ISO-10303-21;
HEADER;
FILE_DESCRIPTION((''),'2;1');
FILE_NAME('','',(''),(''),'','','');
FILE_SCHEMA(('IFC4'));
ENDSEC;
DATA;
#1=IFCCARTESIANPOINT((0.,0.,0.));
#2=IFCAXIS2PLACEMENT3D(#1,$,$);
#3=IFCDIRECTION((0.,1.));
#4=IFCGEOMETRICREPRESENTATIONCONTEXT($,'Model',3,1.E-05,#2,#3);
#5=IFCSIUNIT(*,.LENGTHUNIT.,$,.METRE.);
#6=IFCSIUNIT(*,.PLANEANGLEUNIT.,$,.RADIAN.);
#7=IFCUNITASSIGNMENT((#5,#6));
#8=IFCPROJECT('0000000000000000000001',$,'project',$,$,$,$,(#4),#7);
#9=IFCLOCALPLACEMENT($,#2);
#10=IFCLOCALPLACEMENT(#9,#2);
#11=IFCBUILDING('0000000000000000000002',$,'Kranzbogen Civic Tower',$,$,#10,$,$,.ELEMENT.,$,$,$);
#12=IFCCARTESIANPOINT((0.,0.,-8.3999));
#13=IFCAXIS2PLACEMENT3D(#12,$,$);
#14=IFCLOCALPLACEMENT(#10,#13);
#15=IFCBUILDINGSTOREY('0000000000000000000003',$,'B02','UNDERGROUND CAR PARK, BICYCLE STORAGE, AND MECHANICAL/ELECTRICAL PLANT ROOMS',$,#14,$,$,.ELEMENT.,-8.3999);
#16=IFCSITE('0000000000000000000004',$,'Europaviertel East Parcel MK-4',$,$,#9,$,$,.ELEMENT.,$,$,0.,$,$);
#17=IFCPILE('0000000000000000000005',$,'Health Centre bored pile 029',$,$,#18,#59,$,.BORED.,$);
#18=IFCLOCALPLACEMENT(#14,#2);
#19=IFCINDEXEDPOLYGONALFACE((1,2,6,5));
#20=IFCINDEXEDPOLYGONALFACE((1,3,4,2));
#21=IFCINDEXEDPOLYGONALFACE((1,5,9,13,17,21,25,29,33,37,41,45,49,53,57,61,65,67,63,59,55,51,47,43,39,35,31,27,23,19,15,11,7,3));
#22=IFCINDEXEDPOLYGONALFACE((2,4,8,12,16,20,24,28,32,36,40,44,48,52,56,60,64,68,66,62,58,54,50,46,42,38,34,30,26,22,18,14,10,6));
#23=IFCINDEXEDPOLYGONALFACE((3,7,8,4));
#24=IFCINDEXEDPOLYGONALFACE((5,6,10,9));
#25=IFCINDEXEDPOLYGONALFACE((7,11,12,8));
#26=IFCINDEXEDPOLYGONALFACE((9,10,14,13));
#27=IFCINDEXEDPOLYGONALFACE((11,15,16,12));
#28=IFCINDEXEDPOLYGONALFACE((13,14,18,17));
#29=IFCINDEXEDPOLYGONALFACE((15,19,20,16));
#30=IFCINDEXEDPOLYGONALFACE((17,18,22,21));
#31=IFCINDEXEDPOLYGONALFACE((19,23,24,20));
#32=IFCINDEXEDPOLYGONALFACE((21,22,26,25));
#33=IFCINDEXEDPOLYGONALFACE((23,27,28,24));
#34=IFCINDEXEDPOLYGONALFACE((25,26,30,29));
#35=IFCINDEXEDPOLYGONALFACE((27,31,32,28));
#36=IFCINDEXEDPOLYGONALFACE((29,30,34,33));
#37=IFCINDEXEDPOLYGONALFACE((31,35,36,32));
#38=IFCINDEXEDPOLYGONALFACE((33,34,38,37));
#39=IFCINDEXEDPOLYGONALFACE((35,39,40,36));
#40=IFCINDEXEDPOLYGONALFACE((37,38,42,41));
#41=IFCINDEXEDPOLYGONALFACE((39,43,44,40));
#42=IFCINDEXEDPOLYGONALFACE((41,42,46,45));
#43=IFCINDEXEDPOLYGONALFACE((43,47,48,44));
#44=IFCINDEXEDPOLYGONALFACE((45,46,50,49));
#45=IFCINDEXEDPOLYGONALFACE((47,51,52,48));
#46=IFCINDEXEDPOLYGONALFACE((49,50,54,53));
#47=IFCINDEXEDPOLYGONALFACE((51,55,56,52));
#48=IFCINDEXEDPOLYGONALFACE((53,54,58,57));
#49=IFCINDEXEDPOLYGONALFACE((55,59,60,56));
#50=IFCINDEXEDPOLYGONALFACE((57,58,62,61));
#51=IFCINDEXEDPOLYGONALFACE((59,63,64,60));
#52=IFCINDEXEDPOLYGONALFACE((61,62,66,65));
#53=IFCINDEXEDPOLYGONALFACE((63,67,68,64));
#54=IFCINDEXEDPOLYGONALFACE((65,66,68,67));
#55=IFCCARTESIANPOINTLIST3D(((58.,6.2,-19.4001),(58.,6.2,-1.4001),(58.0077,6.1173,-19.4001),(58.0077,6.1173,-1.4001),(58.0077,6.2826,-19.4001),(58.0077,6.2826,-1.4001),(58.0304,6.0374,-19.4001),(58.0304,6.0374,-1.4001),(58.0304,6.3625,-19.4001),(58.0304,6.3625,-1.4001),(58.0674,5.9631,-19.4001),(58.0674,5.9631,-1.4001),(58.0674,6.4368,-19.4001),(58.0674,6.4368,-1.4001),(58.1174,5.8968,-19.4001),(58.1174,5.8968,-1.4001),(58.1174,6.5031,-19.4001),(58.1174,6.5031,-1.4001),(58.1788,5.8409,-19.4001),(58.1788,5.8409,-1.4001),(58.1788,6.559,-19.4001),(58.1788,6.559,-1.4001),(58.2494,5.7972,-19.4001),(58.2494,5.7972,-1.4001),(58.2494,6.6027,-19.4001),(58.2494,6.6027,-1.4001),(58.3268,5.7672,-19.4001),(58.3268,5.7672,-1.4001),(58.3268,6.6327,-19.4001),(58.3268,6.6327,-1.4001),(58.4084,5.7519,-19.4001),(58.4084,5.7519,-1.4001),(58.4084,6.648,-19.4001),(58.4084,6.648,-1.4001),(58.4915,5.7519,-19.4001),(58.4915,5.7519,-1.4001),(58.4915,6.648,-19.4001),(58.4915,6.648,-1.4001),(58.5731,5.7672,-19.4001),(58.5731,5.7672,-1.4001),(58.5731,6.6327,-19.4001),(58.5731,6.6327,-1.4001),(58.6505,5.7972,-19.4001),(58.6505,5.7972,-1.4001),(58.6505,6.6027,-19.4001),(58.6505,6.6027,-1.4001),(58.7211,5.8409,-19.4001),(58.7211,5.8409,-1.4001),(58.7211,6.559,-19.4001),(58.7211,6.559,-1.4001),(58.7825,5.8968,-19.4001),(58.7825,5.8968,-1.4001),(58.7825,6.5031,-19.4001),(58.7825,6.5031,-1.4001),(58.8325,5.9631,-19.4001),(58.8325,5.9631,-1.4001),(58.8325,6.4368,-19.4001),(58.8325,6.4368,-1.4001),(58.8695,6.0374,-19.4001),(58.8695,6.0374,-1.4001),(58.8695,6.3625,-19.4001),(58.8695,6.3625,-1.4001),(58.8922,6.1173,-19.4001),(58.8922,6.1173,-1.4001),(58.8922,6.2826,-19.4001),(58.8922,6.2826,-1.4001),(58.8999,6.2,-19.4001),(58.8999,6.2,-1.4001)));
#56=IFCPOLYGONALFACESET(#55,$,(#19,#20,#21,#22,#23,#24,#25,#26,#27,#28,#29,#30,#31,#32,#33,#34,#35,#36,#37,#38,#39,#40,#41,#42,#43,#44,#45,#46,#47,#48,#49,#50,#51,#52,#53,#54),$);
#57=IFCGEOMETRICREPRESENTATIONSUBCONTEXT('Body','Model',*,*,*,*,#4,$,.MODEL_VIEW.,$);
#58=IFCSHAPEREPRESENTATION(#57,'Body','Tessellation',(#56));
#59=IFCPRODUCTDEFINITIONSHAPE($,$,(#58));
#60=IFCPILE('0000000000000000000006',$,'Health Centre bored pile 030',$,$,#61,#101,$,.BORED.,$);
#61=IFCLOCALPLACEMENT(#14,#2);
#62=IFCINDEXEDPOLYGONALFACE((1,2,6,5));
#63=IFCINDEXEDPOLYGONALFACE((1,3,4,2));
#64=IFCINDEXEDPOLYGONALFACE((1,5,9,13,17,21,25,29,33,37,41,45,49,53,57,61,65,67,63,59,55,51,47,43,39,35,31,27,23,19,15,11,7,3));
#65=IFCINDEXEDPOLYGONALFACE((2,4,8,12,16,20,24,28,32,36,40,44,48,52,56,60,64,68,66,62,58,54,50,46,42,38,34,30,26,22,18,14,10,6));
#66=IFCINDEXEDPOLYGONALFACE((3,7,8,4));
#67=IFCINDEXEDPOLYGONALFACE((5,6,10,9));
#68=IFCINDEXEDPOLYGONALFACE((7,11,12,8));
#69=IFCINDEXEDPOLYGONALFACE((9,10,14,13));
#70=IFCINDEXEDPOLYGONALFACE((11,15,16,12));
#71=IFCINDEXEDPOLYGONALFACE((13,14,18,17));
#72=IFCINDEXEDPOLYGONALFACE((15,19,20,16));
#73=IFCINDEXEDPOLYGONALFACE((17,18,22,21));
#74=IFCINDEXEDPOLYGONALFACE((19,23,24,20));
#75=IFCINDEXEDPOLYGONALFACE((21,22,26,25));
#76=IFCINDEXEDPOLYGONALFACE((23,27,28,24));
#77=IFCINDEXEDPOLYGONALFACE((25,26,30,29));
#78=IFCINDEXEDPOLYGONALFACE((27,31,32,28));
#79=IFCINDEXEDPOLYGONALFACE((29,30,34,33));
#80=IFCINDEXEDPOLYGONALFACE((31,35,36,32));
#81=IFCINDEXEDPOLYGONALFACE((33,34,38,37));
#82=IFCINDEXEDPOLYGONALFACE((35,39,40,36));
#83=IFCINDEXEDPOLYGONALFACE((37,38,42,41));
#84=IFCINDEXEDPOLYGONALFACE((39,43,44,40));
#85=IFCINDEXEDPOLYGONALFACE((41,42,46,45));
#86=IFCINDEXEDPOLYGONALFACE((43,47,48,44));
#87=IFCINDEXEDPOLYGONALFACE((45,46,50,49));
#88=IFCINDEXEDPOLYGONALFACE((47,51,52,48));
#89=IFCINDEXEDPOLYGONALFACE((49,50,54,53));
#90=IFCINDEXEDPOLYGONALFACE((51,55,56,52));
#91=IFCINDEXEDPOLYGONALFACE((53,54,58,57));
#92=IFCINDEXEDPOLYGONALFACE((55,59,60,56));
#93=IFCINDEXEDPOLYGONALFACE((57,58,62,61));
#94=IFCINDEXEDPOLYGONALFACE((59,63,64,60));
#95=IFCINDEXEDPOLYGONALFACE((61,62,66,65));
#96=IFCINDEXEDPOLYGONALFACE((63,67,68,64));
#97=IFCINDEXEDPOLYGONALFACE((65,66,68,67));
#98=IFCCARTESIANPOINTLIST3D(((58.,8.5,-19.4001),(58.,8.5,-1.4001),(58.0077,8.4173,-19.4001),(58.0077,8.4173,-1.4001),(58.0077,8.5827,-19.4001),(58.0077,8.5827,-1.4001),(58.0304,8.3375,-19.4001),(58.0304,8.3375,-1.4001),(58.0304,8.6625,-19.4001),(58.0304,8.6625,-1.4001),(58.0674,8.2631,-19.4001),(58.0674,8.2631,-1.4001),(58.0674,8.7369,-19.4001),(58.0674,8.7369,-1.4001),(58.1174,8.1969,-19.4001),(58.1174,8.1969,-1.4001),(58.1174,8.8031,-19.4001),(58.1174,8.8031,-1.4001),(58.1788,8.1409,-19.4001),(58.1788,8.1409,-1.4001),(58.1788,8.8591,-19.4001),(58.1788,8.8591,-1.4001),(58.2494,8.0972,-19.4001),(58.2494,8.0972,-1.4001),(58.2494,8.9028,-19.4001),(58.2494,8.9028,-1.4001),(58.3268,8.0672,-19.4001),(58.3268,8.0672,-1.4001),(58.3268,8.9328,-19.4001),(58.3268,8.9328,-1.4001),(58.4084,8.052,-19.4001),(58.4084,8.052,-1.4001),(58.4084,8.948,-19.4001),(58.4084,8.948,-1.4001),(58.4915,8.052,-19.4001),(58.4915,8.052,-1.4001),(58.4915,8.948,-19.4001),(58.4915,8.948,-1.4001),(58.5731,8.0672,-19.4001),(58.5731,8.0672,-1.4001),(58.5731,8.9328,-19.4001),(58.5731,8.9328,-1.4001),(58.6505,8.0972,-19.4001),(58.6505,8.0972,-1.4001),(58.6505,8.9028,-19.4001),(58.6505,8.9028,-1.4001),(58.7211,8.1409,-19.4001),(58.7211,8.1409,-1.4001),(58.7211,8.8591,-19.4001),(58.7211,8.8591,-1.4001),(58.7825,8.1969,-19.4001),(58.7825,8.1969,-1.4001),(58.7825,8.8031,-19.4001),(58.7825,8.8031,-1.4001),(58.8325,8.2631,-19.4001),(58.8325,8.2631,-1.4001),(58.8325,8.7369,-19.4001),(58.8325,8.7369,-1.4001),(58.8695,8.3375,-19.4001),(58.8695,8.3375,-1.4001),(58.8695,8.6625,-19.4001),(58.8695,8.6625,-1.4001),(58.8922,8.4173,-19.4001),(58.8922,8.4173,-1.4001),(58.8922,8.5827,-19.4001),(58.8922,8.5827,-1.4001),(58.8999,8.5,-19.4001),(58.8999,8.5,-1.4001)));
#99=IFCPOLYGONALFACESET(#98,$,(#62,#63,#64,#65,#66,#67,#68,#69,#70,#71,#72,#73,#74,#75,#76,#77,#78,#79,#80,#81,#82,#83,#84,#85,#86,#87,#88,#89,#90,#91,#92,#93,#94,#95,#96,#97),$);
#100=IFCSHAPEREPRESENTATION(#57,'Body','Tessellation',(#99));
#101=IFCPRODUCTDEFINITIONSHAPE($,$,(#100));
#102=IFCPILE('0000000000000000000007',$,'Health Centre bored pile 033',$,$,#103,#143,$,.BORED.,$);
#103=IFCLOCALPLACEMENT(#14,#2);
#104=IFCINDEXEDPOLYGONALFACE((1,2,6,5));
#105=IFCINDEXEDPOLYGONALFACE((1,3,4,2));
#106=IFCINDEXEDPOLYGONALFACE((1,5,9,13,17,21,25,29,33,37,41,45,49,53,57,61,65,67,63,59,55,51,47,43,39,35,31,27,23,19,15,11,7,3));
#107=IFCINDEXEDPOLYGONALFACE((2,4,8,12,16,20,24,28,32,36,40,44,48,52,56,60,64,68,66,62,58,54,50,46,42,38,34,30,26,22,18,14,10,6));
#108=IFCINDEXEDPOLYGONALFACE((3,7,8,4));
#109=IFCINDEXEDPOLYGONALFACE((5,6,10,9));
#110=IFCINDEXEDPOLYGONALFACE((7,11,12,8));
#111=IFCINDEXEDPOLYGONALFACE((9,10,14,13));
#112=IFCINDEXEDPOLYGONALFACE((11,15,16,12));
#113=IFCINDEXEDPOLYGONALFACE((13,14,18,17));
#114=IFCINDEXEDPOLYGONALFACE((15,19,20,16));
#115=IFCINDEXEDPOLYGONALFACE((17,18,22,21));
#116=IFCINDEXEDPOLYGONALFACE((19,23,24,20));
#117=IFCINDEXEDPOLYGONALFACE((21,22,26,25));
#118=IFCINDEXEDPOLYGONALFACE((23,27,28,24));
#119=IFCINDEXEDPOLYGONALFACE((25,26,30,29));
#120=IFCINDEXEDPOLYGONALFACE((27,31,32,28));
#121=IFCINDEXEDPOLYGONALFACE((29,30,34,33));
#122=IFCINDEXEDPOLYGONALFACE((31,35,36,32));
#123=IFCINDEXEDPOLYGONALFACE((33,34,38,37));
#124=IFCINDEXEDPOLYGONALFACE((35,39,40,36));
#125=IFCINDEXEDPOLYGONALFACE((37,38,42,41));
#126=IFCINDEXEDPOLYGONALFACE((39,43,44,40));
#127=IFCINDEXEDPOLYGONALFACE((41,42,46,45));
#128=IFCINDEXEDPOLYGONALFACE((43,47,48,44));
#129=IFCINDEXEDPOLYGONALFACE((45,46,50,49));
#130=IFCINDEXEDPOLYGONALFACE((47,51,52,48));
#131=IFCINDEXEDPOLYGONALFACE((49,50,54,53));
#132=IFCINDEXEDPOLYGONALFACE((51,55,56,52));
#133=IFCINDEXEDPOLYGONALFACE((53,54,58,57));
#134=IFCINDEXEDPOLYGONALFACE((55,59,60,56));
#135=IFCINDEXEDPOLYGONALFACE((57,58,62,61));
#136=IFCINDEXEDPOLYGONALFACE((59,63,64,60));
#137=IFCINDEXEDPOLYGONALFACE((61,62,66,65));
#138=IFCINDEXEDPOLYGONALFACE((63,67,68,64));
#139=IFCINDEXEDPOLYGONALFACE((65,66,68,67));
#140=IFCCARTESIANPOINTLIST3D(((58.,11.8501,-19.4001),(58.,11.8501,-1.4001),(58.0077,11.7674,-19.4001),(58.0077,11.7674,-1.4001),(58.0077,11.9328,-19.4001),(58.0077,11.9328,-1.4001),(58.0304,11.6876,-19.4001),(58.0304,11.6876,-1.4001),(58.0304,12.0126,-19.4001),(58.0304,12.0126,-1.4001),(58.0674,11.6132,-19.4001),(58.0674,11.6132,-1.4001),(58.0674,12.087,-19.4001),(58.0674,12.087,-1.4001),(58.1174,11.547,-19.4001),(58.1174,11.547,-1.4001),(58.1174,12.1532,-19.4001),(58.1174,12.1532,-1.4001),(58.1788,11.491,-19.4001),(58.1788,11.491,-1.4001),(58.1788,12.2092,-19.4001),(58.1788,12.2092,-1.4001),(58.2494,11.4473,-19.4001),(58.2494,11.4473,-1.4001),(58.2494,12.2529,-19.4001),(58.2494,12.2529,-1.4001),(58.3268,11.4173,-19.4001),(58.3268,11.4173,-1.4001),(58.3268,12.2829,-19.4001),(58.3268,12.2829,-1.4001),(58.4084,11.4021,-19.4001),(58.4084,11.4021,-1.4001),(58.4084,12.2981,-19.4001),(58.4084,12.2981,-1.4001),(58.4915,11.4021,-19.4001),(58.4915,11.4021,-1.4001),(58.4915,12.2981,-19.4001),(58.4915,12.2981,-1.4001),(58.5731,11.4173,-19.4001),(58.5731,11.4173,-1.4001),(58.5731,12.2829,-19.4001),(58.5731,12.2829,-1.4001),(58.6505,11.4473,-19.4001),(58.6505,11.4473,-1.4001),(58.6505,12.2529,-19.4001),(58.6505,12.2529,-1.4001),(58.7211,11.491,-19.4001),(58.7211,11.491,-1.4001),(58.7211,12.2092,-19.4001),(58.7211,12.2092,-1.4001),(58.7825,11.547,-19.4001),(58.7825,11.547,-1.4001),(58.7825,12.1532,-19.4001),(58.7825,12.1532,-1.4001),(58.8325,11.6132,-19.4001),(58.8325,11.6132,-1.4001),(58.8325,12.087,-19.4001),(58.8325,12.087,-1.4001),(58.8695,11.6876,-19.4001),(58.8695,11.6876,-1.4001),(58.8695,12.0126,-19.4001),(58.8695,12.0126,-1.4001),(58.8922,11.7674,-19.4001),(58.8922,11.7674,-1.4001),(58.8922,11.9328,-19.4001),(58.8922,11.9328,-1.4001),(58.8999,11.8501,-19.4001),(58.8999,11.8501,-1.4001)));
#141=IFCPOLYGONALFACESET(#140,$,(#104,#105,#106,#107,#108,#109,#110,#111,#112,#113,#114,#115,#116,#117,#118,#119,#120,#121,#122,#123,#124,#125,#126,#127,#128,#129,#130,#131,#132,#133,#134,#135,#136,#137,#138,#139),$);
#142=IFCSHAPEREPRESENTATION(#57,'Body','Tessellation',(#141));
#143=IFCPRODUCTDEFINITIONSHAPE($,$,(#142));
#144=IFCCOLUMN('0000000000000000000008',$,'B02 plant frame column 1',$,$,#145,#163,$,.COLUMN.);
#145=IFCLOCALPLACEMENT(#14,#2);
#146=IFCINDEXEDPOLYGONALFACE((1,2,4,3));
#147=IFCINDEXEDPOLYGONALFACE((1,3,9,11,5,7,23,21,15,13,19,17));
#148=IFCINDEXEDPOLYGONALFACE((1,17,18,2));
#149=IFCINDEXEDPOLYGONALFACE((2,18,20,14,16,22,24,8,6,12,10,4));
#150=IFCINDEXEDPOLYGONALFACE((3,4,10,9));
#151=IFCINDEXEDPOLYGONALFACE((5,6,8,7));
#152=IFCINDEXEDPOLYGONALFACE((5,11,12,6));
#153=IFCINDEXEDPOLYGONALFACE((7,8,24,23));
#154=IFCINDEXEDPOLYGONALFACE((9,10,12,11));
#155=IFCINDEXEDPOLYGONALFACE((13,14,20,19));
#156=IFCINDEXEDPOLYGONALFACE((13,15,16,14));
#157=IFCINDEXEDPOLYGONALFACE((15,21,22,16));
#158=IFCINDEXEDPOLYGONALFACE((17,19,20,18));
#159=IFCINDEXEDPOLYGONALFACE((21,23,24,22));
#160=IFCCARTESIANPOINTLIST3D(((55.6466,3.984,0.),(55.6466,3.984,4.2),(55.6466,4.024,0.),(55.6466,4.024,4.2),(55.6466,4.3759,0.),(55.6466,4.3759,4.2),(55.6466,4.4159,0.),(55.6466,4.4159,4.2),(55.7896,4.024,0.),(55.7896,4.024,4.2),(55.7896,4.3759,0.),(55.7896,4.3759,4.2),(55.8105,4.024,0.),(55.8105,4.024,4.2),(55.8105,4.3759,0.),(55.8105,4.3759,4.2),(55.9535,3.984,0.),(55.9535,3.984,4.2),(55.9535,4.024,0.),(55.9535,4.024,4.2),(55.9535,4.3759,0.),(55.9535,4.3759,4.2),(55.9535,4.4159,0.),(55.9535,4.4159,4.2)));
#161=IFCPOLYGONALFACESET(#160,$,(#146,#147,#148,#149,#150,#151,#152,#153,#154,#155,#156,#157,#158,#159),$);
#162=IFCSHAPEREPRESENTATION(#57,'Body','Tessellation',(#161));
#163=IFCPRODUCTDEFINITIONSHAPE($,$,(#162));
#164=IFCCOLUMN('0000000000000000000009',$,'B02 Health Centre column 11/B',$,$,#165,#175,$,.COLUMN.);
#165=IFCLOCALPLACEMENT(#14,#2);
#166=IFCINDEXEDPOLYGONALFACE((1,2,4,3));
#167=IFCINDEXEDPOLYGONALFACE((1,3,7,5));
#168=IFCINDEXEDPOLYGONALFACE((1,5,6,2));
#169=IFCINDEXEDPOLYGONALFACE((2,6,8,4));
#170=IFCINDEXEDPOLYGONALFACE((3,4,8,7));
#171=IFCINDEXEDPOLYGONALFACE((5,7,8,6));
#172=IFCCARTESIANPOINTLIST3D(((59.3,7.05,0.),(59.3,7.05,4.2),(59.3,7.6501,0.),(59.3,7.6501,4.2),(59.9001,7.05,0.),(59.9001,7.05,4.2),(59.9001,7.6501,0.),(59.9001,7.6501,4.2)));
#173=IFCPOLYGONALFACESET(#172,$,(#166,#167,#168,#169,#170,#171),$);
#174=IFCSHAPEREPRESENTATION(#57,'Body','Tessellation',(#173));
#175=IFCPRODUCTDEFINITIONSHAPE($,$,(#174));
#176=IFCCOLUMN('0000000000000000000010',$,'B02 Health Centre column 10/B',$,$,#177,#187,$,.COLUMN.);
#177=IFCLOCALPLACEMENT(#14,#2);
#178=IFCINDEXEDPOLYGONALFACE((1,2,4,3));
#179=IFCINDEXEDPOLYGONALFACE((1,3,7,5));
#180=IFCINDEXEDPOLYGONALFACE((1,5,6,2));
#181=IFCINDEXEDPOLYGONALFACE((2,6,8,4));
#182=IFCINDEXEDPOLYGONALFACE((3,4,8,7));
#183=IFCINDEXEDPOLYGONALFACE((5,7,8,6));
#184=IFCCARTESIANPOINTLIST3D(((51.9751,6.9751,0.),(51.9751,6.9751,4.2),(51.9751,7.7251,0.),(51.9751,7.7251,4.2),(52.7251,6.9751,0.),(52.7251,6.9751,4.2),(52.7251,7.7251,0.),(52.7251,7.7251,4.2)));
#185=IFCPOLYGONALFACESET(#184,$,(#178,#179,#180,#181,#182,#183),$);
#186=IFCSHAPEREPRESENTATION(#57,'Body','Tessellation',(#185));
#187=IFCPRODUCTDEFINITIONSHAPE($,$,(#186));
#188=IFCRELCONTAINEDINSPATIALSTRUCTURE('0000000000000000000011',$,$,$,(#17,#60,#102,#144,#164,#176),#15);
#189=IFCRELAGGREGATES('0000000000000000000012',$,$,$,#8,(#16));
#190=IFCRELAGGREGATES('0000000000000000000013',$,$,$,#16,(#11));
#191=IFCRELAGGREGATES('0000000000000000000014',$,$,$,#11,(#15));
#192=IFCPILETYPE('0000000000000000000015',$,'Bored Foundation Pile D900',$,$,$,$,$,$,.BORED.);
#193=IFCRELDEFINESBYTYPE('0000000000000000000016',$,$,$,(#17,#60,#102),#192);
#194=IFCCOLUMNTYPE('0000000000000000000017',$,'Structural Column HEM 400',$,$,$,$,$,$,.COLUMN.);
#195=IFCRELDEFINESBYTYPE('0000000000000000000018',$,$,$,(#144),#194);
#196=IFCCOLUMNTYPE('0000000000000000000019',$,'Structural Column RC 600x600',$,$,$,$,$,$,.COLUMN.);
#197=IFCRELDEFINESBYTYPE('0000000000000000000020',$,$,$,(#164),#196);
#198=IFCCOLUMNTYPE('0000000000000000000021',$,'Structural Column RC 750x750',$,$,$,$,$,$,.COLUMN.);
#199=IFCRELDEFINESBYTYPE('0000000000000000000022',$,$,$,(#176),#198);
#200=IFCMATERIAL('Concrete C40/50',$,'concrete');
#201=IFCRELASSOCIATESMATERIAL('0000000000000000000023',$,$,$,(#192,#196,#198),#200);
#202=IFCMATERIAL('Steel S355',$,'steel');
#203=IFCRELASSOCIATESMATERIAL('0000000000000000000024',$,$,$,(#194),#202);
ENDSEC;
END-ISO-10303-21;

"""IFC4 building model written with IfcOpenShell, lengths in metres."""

from ifc_helpers import new_model, si_unit, direction, frame, origin, origin_2d, place, context, subcontext, project, spatial, rectangle, circle, i_section, extrude, material, material_profile, profile_set, type_object, element, save


model = new_model("IFC4")

# Units and contexts
model_context = context("Model", 3, precision=1e-05, world=origin(), true_north=direction((0.0, 1.0)))
body_context = subcontext(model_context, "Body", "Model", "MODEL_VIEW")
ifc_project = project(units=[si_unit("LENGTHUNIT", "METRE"), si_unit("PLANEANGLEUNIT", "RADIAN")], contexts=[model_context])

# Site, building, storey
site_placement = place(None, origin())
site = spatial("IfcSite", under=ifc_project, at=site_placement, Name="Europaviertel East Parcel MK-4", CompositionType="ELEMENT", RefElevation=0.0)
building_placement = place(site_placement, origin())
building = spatial("IfcBuilding", under=site, at=building_placement, Name="Kranzbogen Civic Tower", CompositionType="ELEMENT")
storey_placement = place(building_placement, frame((0.0, 0.0, -8.3999)))
storey = spatial("IfcBuildingStorey", under=building, at=storey_placement, Name="B02", Description="UNDERGROUND CAR PARK, BICYCLE STORAGE, AND MECHANICAL/ELECTRICAL PLANT ROOMS", CompositionType="ELEMENT", Elevation=-8.3999)

# Piles
ifc_material_1 = material(Name="Concrete C40/50", Category="concrete")
ifc_material_profile_1 = material_profile(ifc_material_1, circle(Radius=0.45, at=origin_2d()), Name="PILE D900")
ifc_profile_set_1 = profile_set([ifc_material_profile_1], Name="Concrete C40/50")
pile_type_1 = type_object("IfcPileType", Name="Bored Foundation Pile D900", PredefinedType="BORED", material=ifc_profile_set_1)
for number, where, z_axis, x_axis, name in (
    (1, (58.45, 6.2, -1.4001), (0.0, 0.0, -1.0), (1.0, 0.0, 0.0), "Health Centre bored pile 029"),
    (2, (58.45, 8.5, -1.4001), (0.0, 0.0, -1.0), (1.0, 0.0, 0.0), "Health Centre bored pile 030"),
    (3, (58.45, 11.8501, -1.4001), (0.0, 0.0, -1.0), (1.0, 0.0, 0.0), "Health Centre bored pile 033"),
):
    element("IfcPile", number, at=place(storey_placement, frame(where, z_axis=z_axis, x_axis=x_axis)), inside=storey, type_object=pile_type_1, Name=name, PredefinedType="BORED", context=body_context, shape_type="SweptSolid", body=[
        extrude(circle(Radius=0.45, at=origin_2d()), origin(), (0.0, 0.0, 1.0), 18.0),
    ])

# Columns
ifc_material_2 = material(Name="Steel S355", Category="steel")
ifc_material_profile_2 = material_profile(ifc_material_2, i_section(OverallWidth=0.3069, OverallDepth=0.4319, WebThickness=0.021, FlangeThickness=0.04, at=origin_2d()), Name="HEM 400")
ifc_profile_set_2 = profile_set([ifc_material_profile_2], Name="Steel S355")
column_type_1 = type_object("IfcColumnType", Name="Structural Column HEM 400", PredefinedType="COLUMN", material=ifc_profile_set_2)
column_1_placement = place(storey_placement, frame((55.8, 4.2, 0.0), z_axis=(0.0, 0.0, 1.0), x_axis=(1.0, 0.0, 0.0)))
element("IfcColumn", 4, at=column_1_placement, inside=storey, type_object=column_type_1, Name="B02 plant frame column 1", PredefinedType="COLUMN", context=body_context, shape_type="SweptSolid", body=[
    extrude(i_section(OverallWidth=0.3069, OverallDepth=0.4319, WebThickness=0.021, FlangeThickness=0.04, at=origin_2d()), origin(), (0.0, 0.0, 1.0), 4.2),
])
ifc_material_profile_3 = material_profile(ifc_material_1, rectangle(XDim=0.6001, YDim=0.6001, at=origin_2d()), Name="RC 600x600")
ifc_profile_set_3 = profile_set([ifc_material_profile_3], Name="Concrete C40/50")
column_type_2 = type_object("IfcColumnType", Name="Structural Column RC 600x600", PredefinedType="COLUMN", material=ifc_profile_set_3)
column_2_placement = place(storey_placement, frame((59.6001, 7.3501, 0.0), z_axis=(0.0, 0.0, 1.0), x_axis=(1.0, 0.0, 0.0)))
element("IfcColumn", 5, at=column_2_placement, inside=storey, type_object=column_type_2, Name="B02 Health Centre column 11/B", PredefinedType="COLUMN", context=body_context, shape_type="SweptSolid", body=[
    extrude(rectangle(XDim=0.6001, YDim=0.6001, at=origin_2d()), origin(), (0.0, 0.0, 1.0), 4.2),
])
ifc_material_profile_4 = material_profile(ifc_material_1, rectangle(XDim=0.75, YDim=0.75, at=origin_2d()), Name="RC 750x750")
ifc_profile_set_4 = profile_set([ifc_material_profile_4], Name="Concrete C40/50")
column_type_3 = type_object("IfcColumnType", Name="Structural Column RC 750x750", PredefinedType="COLUMN", material=ifc_profile_set_4)
column_3_placement = place(storey_placement, frame((52.3501, 7.3501, 0.0), z_axis=(0.0, 0.0, 1.0), x_axis=(1.0, 0.0, 0.0)))
element("IfcColumn", 6, at=column_3_placement, inside=storey, type_object=column_type_3, Name="B02 Health Centre column 10/B", PredefinedType="COLUMN", context=body_context, shape_type="SweptSolid", body=[
    extrude(rectangle(XDim=0.75, YDim=0.75, at=origin_2d()), origin(), (0.0, 0.0, 1.0), 4.2),
])

save(model, "model.ifc")
